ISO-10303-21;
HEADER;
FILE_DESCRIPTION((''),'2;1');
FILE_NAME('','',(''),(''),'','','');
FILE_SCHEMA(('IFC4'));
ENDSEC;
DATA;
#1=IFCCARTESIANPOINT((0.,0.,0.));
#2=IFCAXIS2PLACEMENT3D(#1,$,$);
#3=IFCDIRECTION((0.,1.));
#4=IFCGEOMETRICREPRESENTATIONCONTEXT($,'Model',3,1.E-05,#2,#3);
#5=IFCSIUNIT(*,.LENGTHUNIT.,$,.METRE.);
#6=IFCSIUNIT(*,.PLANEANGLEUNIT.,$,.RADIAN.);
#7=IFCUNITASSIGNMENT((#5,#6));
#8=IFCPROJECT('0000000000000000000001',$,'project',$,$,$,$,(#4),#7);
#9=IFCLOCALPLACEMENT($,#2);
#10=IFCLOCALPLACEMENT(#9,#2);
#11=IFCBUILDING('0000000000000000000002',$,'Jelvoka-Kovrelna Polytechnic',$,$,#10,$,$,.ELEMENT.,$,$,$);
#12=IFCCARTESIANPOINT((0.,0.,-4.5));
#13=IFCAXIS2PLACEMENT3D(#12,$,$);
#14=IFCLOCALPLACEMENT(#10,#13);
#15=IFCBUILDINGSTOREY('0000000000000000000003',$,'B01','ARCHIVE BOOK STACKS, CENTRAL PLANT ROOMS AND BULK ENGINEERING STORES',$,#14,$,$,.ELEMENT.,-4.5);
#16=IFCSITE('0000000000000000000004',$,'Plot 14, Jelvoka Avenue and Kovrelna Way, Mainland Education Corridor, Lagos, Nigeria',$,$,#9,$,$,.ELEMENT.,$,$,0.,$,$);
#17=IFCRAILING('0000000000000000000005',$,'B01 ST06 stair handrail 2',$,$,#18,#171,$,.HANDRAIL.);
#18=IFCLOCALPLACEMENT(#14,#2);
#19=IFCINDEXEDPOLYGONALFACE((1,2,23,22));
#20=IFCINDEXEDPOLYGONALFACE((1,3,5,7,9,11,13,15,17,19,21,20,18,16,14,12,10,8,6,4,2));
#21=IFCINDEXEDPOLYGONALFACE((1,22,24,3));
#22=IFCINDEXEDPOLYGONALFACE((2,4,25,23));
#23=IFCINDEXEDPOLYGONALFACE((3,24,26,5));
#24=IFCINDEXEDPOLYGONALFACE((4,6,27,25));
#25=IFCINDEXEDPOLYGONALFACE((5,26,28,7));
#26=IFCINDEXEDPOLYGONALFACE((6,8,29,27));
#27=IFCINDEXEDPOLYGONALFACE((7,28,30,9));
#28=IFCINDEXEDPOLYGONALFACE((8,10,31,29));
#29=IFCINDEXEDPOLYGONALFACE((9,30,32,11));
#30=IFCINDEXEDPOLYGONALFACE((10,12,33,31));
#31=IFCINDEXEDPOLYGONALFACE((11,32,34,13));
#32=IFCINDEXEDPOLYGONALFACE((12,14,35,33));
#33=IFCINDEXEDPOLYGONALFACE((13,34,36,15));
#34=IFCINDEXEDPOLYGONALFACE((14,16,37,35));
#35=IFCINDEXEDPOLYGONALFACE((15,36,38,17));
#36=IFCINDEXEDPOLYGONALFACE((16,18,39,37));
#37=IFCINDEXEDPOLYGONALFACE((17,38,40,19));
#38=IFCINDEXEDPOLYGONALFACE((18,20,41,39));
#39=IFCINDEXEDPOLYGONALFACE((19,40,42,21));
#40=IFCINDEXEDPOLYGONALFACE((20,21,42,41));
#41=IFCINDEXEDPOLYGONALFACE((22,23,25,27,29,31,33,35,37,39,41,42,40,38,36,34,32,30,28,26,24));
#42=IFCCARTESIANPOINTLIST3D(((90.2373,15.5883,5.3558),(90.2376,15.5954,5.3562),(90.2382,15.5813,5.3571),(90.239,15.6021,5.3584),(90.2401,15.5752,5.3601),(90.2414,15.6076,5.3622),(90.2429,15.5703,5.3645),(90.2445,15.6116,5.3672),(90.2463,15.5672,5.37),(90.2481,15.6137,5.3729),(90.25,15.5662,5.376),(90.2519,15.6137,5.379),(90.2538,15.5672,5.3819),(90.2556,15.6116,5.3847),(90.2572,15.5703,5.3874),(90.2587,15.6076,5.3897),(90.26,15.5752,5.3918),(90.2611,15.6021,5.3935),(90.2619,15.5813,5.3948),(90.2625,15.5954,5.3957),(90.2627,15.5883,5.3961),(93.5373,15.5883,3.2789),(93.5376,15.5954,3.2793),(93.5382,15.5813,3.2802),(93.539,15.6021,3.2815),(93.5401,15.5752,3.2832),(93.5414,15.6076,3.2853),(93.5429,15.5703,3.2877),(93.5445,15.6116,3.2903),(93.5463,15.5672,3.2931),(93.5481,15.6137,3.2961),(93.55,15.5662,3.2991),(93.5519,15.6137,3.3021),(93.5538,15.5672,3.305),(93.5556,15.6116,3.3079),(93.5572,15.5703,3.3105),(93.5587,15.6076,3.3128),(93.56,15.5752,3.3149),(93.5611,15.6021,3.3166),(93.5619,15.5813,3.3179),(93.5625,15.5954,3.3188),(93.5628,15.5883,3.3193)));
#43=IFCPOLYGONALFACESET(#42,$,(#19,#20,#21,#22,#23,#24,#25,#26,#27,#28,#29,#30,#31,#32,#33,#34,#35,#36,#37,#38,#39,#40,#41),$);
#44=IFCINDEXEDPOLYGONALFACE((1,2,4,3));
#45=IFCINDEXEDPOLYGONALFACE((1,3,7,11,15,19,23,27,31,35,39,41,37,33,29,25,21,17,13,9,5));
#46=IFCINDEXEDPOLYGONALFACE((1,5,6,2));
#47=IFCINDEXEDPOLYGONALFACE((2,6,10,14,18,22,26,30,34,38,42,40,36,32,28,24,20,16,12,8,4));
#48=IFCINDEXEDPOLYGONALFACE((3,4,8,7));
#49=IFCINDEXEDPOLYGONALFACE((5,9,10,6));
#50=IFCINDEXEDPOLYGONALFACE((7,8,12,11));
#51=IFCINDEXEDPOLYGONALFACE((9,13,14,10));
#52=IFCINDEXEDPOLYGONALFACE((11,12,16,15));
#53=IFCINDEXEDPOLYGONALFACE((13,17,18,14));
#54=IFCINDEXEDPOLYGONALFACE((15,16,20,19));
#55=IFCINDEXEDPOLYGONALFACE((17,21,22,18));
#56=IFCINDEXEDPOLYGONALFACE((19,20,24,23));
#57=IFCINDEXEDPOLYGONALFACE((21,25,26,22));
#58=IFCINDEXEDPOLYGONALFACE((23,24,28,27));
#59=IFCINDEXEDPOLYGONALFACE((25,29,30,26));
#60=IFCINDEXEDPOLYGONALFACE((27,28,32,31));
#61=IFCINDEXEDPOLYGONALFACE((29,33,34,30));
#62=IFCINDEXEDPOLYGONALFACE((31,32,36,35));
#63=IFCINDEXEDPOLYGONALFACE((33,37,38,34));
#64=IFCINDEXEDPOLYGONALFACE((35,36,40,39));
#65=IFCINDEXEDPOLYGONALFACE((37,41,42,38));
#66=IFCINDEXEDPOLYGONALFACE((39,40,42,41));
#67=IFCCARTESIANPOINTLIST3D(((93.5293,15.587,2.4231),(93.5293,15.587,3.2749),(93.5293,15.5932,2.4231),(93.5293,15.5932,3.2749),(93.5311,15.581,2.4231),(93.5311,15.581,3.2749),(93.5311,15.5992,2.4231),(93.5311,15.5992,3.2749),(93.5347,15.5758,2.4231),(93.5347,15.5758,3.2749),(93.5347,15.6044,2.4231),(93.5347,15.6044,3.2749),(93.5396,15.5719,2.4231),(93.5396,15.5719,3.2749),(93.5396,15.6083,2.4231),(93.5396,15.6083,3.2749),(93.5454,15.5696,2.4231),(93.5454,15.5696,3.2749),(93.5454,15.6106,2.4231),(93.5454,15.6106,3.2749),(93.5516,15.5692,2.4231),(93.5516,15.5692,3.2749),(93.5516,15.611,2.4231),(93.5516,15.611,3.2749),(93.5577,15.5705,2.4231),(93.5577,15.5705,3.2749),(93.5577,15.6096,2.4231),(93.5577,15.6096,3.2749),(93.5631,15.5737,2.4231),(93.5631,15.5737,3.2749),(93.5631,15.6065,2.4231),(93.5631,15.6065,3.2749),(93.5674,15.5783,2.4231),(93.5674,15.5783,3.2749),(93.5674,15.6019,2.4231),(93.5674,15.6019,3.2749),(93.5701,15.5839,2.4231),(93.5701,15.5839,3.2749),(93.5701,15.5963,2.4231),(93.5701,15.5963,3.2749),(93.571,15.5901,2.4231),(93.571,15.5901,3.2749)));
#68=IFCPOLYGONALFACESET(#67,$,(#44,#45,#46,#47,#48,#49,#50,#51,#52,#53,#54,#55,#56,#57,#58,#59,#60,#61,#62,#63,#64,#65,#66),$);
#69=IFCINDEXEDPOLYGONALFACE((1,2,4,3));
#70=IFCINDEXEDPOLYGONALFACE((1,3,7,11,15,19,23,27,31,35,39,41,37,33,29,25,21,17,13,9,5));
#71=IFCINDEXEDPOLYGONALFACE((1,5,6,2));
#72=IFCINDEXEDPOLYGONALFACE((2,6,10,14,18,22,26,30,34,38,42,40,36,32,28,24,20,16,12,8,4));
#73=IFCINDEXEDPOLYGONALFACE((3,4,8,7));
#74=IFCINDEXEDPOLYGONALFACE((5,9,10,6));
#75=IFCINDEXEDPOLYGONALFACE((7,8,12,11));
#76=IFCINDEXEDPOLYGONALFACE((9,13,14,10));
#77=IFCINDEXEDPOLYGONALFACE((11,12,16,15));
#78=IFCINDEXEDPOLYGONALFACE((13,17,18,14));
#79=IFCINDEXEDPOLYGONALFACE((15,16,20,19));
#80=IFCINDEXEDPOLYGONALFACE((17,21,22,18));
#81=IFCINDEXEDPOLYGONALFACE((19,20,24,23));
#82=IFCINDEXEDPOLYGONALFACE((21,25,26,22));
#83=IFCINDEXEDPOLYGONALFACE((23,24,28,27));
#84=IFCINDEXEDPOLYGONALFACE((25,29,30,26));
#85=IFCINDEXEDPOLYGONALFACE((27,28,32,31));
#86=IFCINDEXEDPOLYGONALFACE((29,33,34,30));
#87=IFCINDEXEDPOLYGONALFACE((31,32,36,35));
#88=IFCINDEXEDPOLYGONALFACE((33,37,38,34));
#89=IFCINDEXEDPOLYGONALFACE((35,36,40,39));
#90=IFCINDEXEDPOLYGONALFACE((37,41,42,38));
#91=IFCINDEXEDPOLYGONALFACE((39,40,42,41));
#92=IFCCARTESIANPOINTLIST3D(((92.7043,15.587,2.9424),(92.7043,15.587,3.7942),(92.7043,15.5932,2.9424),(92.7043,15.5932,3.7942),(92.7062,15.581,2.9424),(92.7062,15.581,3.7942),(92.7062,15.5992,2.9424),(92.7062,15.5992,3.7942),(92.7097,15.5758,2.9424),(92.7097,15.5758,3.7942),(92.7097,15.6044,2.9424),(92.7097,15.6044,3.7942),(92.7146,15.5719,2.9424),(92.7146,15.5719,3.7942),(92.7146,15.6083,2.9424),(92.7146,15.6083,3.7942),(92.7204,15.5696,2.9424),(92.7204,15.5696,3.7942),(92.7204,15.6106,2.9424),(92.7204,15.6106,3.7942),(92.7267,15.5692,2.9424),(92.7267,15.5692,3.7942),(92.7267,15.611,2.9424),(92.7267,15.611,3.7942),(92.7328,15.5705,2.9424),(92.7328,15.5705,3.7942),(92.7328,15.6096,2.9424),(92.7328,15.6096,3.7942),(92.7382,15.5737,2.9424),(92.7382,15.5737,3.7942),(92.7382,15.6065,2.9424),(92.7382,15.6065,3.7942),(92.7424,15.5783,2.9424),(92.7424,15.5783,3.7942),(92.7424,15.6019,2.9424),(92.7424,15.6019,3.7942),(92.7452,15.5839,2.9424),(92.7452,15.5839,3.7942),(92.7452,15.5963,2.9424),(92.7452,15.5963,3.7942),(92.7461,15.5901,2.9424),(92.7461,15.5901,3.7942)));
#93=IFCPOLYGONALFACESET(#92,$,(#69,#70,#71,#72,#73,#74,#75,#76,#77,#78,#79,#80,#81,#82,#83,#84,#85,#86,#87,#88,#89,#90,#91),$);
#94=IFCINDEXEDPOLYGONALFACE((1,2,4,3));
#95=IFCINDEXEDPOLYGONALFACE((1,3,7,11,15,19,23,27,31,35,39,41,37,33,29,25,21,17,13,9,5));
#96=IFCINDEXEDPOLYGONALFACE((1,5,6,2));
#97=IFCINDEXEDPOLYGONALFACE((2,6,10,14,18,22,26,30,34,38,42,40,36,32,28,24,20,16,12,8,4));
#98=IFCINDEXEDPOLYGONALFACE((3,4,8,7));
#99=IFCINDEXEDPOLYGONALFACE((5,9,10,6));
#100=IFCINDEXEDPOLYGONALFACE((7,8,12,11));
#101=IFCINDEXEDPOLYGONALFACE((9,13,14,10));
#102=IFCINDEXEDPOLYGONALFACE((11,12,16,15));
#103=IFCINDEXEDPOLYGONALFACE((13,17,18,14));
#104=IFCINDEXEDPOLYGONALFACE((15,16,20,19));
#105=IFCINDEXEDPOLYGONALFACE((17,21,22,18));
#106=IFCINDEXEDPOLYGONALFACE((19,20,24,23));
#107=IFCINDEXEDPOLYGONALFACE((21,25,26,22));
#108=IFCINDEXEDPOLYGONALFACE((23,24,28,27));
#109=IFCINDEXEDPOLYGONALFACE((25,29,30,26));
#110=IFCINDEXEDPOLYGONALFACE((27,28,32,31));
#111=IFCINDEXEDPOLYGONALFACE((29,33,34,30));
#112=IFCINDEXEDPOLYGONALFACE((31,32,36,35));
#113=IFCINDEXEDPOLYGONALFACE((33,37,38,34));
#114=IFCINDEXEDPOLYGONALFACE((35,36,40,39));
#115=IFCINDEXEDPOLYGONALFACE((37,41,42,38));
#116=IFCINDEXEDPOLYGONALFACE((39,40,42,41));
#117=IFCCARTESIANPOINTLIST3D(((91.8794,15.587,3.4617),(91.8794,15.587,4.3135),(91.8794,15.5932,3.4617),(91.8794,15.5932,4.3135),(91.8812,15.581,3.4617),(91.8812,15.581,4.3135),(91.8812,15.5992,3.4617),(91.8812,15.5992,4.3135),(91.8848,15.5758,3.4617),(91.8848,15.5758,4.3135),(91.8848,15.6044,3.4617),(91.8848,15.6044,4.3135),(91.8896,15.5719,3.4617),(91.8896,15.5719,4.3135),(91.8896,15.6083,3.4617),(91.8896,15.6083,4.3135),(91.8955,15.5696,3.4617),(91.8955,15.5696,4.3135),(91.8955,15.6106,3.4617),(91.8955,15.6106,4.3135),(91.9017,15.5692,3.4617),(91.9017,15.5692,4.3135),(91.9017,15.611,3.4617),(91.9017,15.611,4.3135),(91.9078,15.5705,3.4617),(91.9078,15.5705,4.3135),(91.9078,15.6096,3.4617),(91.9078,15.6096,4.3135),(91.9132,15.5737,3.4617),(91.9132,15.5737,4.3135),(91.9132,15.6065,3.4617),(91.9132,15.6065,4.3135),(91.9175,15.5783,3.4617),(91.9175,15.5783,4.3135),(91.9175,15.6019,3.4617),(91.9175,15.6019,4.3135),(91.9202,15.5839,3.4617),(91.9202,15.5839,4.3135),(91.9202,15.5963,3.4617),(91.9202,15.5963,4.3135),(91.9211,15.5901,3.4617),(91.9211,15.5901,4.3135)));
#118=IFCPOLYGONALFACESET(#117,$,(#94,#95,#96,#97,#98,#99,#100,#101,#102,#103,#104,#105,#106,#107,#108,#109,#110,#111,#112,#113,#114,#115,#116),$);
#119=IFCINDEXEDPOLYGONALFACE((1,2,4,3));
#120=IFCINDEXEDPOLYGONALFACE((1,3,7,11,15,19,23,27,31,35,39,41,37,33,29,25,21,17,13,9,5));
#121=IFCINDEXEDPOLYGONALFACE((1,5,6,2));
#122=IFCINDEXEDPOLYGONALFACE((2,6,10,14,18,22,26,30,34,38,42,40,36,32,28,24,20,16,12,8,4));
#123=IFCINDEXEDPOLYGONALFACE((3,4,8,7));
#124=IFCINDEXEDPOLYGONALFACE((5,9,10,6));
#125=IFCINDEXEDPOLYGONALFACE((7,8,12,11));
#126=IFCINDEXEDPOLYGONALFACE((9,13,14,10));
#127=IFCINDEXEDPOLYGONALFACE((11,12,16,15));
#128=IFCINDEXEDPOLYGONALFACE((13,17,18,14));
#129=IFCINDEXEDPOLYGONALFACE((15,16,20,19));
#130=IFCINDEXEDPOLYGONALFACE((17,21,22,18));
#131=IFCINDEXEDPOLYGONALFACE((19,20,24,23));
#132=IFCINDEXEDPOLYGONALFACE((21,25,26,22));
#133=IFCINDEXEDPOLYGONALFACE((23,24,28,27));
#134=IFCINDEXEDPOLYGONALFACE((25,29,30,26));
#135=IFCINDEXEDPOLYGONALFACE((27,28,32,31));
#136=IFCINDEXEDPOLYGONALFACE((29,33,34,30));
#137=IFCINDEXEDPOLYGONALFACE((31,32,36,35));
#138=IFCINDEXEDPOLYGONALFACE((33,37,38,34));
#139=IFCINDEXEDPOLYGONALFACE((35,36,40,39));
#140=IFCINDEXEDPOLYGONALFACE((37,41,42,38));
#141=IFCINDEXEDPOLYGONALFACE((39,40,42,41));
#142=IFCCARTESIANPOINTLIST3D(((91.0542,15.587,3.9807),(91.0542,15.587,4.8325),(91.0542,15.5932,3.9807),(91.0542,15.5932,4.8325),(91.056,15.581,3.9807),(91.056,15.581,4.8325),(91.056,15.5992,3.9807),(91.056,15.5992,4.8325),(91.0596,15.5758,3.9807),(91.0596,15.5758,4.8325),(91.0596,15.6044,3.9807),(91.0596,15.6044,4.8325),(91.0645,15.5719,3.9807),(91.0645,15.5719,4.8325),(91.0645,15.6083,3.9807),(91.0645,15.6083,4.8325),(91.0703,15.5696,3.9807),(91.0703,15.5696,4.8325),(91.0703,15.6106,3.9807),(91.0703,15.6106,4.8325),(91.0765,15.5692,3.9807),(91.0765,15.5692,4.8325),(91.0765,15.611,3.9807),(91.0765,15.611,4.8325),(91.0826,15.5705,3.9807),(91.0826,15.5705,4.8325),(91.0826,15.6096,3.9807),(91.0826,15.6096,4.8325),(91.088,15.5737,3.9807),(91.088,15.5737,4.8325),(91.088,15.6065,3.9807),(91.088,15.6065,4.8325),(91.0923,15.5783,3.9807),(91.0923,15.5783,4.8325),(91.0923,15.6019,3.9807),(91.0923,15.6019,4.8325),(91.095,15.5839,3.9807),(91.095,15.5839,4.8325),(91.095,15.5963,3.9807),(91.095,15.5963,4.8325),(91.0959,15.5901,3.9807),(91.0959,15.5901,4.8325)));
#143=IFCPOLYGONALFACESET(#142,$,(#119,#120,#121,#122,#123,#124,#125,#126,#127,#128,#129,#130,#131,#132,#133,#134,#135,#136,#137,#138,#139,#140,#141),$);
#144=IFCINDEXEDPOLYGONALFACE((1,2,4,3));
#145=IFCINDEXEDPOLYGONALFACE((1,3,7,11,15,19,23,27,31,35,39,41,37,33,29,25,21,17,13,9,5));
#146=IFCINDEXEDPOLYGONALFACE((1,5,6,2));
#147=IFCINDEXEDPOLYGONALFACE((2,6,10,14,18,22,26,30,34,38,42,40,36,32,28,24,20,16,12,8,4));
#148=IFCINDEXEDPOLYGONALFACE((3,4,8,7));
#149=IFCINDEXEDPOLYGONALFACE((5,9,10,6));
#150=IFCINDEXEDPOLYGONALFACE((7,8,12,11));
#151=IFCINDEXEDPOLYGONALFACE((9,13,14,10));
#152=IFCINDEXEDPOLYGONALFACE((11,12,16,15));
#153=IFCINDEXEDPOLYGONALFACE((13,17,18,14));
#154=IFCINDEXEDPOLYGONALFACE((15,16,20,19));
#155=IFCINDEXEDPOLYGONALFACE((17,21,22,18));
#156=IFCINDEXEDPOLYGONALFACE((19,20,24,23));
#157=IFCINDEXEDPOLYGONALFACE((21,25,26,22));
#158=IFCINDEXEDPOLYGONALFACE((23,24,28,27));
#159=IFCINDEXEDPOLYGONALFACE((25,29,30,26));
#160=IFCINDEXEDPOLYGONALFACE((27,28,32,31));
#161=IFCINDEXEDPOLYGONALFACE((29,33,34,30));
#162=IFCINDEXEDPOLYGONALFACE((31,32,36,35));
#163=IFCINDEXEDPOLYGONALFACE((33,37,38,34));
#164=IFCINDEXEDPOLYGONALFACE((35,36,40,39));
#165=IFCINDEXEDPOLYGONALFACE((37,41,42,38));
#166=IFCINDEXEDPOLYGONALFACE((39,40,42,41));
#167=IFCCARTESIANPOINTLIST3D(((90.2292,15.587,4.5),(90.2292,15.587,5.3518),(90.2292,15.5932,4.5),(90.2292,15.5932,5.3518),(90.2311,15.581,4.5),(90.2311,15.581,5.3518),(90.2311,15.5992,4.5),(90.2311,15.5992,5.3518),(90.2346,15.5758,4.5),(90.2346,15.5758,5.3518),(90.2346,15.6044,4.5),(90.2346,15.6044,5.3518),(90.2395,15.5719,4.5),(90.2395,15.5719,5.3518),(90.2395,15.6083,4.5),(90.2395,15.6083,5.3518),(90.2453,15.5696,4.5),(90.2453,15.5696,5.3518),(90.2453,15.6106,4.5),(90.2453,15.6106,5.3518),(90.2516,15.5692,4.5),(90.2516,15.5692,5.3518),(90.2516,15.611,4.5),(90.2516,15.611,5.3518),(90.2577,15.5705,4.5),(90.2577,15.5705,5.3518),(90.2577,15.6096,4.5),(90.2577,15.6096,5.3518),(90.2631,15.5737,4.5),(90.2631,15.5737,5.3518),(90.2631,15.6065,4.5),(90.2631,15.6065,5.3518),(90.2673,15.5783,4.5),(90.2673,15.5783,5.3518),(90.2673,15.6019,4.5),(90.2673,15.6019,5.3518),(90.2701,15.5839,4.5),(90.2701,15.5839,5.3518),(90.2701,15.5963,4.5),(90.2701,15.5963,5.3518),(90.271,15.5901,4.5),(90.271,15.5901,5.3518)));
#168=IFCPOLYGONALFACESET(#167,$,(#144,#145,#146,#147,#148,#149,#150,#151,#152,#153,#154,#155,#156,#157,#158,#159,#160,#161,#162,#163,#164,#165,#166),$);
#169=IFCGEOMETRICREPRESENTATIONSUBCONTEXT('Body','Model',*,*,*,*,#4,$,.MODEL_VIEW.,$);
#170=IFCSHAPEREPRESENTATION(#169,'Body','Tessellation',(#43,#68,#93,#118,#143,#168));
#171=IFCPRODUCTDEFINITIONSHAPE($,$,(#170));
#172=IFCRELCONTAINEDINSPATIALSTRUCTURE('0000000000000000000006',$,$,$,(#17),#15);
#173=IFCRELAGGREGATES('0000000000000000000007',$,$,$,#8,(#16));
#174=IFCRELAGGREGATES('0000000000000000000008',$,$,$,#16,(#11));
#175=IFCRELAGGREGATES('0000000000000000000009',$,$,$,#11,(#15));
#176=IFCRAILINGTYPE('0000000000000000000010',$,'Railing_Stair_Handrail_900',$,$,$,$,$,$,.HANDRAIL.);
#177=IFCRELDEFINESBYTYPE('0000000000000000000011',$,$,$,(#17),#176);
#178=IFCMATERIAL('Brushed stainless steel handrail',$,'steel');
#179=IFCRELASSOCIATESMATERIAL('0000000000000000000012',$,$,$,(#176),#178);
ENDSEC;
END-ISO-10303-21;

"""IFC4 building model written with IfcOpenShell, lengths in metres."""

from ifc_helpers import new_model, si_unit, direction, frame, origin, origin_2d, place, context, subcontext, project, spatial, circle, extrude, material, type_object, element, save


model = new_model("IFC4")

# Units and contexts
model_context = context("Model", 3, precision=1e-05, world=origin(), true_north=direction((0.0, 1.0)))
body_context = subcontext(model_context, "Body", "Model", "MODEL_VIEW")
ifc_project = project(units=[si_unit("LENGTHUNIT", "METRE"), si_unit("PLANEANGLEUNIT", "RADIAN")], contexts=[model_context])

# Site, building, storey
site_placement = place(None, origin())
site = spatial("IfcSite", under=ifc_project, at=site_placement, Name="Plot 14, Jelvoka Avenue and Kovrelna Way, Mainland Education Corridor, Lagos, Nigeria", CompositionType="ELEMENT", RefElevation=0.0)
building_placement = place(site_placement, origin())
building = spatial("IfcBuilding", under=site, at=building_placement, Name="Jelvoka-Kovrelna Polytechnic", CompositionType="ELEMENT")
storey_placement = place(building_placement, frame((0.0, 0.0, -4.5)))
storey = spatial("IfcBuildingStorey", under=building, at=storey_placement, Name="B01", Description="ARCHIVE BOOK STACKS, CENTRAL PLANT ROOMS AND BULK ENGINEERING STORES", CompositionType="ELEMENT", Elevation=-4.5)

# Railing
ifc_material_1 = material(Name="Brushed stainless steel handrail", Category="steel")
railing_type_1 = type_object("IfcRailingType", Name="Railing_Stair_Handrail_900", PredefinedType="HANDRAIL", material=ifc_material_1)
railing_1_placement = place(storey_placement, frame((93.55, 15.5901, 2.4231)))
element("IfcRailing", 1, at=railing_1_placement, inside=storey, type_object=railing_type_1, Name="B01 ST06 stair handrail 2", PredefinedType="HANDRAIL", context=body_context, shape_type="SweptSolid", body=[
    extrude(circle(Radius=0.0239, at=origin_2d()), frame((0.0, 0.0, 0.876), z_axis=(-0.846337, 0.0, 0.532647), x_axis=(0.0, -1.0, 0.0)), (0.0, 0.0, 1.0), 3.8992),
    extrude(circle(Radius=0.021, at=origin_2d()), origin(), (0.0, 0.0, 1.0), 0.8518),
    extrude(circle(Radius=0.021, at=origin_2d()), frame((-0.825, 0.0, 0.5193)), (0.0, 0.0, 1.0), 0.8518),
    extrude(circle(Radius=0.021, at=origin_2d()), frame((-1.6499, 0.0, 1.0386)), (0.0, 0.0, 1.0), 0.8518),
    extrude(circle(Radius=0.021, at=origin_2d()), frame((-2.4751, 0.0, 1.5576)), (0.0, 0.0, 1.0), 0.8518),
    extrude(circle(Radius=0.021, at=origin_2d()), frame((-3.3, 0.0, 2.0769)), (0.0, 0.0, 1.0), 0.8518),
])

save(model, "model.ifc")
